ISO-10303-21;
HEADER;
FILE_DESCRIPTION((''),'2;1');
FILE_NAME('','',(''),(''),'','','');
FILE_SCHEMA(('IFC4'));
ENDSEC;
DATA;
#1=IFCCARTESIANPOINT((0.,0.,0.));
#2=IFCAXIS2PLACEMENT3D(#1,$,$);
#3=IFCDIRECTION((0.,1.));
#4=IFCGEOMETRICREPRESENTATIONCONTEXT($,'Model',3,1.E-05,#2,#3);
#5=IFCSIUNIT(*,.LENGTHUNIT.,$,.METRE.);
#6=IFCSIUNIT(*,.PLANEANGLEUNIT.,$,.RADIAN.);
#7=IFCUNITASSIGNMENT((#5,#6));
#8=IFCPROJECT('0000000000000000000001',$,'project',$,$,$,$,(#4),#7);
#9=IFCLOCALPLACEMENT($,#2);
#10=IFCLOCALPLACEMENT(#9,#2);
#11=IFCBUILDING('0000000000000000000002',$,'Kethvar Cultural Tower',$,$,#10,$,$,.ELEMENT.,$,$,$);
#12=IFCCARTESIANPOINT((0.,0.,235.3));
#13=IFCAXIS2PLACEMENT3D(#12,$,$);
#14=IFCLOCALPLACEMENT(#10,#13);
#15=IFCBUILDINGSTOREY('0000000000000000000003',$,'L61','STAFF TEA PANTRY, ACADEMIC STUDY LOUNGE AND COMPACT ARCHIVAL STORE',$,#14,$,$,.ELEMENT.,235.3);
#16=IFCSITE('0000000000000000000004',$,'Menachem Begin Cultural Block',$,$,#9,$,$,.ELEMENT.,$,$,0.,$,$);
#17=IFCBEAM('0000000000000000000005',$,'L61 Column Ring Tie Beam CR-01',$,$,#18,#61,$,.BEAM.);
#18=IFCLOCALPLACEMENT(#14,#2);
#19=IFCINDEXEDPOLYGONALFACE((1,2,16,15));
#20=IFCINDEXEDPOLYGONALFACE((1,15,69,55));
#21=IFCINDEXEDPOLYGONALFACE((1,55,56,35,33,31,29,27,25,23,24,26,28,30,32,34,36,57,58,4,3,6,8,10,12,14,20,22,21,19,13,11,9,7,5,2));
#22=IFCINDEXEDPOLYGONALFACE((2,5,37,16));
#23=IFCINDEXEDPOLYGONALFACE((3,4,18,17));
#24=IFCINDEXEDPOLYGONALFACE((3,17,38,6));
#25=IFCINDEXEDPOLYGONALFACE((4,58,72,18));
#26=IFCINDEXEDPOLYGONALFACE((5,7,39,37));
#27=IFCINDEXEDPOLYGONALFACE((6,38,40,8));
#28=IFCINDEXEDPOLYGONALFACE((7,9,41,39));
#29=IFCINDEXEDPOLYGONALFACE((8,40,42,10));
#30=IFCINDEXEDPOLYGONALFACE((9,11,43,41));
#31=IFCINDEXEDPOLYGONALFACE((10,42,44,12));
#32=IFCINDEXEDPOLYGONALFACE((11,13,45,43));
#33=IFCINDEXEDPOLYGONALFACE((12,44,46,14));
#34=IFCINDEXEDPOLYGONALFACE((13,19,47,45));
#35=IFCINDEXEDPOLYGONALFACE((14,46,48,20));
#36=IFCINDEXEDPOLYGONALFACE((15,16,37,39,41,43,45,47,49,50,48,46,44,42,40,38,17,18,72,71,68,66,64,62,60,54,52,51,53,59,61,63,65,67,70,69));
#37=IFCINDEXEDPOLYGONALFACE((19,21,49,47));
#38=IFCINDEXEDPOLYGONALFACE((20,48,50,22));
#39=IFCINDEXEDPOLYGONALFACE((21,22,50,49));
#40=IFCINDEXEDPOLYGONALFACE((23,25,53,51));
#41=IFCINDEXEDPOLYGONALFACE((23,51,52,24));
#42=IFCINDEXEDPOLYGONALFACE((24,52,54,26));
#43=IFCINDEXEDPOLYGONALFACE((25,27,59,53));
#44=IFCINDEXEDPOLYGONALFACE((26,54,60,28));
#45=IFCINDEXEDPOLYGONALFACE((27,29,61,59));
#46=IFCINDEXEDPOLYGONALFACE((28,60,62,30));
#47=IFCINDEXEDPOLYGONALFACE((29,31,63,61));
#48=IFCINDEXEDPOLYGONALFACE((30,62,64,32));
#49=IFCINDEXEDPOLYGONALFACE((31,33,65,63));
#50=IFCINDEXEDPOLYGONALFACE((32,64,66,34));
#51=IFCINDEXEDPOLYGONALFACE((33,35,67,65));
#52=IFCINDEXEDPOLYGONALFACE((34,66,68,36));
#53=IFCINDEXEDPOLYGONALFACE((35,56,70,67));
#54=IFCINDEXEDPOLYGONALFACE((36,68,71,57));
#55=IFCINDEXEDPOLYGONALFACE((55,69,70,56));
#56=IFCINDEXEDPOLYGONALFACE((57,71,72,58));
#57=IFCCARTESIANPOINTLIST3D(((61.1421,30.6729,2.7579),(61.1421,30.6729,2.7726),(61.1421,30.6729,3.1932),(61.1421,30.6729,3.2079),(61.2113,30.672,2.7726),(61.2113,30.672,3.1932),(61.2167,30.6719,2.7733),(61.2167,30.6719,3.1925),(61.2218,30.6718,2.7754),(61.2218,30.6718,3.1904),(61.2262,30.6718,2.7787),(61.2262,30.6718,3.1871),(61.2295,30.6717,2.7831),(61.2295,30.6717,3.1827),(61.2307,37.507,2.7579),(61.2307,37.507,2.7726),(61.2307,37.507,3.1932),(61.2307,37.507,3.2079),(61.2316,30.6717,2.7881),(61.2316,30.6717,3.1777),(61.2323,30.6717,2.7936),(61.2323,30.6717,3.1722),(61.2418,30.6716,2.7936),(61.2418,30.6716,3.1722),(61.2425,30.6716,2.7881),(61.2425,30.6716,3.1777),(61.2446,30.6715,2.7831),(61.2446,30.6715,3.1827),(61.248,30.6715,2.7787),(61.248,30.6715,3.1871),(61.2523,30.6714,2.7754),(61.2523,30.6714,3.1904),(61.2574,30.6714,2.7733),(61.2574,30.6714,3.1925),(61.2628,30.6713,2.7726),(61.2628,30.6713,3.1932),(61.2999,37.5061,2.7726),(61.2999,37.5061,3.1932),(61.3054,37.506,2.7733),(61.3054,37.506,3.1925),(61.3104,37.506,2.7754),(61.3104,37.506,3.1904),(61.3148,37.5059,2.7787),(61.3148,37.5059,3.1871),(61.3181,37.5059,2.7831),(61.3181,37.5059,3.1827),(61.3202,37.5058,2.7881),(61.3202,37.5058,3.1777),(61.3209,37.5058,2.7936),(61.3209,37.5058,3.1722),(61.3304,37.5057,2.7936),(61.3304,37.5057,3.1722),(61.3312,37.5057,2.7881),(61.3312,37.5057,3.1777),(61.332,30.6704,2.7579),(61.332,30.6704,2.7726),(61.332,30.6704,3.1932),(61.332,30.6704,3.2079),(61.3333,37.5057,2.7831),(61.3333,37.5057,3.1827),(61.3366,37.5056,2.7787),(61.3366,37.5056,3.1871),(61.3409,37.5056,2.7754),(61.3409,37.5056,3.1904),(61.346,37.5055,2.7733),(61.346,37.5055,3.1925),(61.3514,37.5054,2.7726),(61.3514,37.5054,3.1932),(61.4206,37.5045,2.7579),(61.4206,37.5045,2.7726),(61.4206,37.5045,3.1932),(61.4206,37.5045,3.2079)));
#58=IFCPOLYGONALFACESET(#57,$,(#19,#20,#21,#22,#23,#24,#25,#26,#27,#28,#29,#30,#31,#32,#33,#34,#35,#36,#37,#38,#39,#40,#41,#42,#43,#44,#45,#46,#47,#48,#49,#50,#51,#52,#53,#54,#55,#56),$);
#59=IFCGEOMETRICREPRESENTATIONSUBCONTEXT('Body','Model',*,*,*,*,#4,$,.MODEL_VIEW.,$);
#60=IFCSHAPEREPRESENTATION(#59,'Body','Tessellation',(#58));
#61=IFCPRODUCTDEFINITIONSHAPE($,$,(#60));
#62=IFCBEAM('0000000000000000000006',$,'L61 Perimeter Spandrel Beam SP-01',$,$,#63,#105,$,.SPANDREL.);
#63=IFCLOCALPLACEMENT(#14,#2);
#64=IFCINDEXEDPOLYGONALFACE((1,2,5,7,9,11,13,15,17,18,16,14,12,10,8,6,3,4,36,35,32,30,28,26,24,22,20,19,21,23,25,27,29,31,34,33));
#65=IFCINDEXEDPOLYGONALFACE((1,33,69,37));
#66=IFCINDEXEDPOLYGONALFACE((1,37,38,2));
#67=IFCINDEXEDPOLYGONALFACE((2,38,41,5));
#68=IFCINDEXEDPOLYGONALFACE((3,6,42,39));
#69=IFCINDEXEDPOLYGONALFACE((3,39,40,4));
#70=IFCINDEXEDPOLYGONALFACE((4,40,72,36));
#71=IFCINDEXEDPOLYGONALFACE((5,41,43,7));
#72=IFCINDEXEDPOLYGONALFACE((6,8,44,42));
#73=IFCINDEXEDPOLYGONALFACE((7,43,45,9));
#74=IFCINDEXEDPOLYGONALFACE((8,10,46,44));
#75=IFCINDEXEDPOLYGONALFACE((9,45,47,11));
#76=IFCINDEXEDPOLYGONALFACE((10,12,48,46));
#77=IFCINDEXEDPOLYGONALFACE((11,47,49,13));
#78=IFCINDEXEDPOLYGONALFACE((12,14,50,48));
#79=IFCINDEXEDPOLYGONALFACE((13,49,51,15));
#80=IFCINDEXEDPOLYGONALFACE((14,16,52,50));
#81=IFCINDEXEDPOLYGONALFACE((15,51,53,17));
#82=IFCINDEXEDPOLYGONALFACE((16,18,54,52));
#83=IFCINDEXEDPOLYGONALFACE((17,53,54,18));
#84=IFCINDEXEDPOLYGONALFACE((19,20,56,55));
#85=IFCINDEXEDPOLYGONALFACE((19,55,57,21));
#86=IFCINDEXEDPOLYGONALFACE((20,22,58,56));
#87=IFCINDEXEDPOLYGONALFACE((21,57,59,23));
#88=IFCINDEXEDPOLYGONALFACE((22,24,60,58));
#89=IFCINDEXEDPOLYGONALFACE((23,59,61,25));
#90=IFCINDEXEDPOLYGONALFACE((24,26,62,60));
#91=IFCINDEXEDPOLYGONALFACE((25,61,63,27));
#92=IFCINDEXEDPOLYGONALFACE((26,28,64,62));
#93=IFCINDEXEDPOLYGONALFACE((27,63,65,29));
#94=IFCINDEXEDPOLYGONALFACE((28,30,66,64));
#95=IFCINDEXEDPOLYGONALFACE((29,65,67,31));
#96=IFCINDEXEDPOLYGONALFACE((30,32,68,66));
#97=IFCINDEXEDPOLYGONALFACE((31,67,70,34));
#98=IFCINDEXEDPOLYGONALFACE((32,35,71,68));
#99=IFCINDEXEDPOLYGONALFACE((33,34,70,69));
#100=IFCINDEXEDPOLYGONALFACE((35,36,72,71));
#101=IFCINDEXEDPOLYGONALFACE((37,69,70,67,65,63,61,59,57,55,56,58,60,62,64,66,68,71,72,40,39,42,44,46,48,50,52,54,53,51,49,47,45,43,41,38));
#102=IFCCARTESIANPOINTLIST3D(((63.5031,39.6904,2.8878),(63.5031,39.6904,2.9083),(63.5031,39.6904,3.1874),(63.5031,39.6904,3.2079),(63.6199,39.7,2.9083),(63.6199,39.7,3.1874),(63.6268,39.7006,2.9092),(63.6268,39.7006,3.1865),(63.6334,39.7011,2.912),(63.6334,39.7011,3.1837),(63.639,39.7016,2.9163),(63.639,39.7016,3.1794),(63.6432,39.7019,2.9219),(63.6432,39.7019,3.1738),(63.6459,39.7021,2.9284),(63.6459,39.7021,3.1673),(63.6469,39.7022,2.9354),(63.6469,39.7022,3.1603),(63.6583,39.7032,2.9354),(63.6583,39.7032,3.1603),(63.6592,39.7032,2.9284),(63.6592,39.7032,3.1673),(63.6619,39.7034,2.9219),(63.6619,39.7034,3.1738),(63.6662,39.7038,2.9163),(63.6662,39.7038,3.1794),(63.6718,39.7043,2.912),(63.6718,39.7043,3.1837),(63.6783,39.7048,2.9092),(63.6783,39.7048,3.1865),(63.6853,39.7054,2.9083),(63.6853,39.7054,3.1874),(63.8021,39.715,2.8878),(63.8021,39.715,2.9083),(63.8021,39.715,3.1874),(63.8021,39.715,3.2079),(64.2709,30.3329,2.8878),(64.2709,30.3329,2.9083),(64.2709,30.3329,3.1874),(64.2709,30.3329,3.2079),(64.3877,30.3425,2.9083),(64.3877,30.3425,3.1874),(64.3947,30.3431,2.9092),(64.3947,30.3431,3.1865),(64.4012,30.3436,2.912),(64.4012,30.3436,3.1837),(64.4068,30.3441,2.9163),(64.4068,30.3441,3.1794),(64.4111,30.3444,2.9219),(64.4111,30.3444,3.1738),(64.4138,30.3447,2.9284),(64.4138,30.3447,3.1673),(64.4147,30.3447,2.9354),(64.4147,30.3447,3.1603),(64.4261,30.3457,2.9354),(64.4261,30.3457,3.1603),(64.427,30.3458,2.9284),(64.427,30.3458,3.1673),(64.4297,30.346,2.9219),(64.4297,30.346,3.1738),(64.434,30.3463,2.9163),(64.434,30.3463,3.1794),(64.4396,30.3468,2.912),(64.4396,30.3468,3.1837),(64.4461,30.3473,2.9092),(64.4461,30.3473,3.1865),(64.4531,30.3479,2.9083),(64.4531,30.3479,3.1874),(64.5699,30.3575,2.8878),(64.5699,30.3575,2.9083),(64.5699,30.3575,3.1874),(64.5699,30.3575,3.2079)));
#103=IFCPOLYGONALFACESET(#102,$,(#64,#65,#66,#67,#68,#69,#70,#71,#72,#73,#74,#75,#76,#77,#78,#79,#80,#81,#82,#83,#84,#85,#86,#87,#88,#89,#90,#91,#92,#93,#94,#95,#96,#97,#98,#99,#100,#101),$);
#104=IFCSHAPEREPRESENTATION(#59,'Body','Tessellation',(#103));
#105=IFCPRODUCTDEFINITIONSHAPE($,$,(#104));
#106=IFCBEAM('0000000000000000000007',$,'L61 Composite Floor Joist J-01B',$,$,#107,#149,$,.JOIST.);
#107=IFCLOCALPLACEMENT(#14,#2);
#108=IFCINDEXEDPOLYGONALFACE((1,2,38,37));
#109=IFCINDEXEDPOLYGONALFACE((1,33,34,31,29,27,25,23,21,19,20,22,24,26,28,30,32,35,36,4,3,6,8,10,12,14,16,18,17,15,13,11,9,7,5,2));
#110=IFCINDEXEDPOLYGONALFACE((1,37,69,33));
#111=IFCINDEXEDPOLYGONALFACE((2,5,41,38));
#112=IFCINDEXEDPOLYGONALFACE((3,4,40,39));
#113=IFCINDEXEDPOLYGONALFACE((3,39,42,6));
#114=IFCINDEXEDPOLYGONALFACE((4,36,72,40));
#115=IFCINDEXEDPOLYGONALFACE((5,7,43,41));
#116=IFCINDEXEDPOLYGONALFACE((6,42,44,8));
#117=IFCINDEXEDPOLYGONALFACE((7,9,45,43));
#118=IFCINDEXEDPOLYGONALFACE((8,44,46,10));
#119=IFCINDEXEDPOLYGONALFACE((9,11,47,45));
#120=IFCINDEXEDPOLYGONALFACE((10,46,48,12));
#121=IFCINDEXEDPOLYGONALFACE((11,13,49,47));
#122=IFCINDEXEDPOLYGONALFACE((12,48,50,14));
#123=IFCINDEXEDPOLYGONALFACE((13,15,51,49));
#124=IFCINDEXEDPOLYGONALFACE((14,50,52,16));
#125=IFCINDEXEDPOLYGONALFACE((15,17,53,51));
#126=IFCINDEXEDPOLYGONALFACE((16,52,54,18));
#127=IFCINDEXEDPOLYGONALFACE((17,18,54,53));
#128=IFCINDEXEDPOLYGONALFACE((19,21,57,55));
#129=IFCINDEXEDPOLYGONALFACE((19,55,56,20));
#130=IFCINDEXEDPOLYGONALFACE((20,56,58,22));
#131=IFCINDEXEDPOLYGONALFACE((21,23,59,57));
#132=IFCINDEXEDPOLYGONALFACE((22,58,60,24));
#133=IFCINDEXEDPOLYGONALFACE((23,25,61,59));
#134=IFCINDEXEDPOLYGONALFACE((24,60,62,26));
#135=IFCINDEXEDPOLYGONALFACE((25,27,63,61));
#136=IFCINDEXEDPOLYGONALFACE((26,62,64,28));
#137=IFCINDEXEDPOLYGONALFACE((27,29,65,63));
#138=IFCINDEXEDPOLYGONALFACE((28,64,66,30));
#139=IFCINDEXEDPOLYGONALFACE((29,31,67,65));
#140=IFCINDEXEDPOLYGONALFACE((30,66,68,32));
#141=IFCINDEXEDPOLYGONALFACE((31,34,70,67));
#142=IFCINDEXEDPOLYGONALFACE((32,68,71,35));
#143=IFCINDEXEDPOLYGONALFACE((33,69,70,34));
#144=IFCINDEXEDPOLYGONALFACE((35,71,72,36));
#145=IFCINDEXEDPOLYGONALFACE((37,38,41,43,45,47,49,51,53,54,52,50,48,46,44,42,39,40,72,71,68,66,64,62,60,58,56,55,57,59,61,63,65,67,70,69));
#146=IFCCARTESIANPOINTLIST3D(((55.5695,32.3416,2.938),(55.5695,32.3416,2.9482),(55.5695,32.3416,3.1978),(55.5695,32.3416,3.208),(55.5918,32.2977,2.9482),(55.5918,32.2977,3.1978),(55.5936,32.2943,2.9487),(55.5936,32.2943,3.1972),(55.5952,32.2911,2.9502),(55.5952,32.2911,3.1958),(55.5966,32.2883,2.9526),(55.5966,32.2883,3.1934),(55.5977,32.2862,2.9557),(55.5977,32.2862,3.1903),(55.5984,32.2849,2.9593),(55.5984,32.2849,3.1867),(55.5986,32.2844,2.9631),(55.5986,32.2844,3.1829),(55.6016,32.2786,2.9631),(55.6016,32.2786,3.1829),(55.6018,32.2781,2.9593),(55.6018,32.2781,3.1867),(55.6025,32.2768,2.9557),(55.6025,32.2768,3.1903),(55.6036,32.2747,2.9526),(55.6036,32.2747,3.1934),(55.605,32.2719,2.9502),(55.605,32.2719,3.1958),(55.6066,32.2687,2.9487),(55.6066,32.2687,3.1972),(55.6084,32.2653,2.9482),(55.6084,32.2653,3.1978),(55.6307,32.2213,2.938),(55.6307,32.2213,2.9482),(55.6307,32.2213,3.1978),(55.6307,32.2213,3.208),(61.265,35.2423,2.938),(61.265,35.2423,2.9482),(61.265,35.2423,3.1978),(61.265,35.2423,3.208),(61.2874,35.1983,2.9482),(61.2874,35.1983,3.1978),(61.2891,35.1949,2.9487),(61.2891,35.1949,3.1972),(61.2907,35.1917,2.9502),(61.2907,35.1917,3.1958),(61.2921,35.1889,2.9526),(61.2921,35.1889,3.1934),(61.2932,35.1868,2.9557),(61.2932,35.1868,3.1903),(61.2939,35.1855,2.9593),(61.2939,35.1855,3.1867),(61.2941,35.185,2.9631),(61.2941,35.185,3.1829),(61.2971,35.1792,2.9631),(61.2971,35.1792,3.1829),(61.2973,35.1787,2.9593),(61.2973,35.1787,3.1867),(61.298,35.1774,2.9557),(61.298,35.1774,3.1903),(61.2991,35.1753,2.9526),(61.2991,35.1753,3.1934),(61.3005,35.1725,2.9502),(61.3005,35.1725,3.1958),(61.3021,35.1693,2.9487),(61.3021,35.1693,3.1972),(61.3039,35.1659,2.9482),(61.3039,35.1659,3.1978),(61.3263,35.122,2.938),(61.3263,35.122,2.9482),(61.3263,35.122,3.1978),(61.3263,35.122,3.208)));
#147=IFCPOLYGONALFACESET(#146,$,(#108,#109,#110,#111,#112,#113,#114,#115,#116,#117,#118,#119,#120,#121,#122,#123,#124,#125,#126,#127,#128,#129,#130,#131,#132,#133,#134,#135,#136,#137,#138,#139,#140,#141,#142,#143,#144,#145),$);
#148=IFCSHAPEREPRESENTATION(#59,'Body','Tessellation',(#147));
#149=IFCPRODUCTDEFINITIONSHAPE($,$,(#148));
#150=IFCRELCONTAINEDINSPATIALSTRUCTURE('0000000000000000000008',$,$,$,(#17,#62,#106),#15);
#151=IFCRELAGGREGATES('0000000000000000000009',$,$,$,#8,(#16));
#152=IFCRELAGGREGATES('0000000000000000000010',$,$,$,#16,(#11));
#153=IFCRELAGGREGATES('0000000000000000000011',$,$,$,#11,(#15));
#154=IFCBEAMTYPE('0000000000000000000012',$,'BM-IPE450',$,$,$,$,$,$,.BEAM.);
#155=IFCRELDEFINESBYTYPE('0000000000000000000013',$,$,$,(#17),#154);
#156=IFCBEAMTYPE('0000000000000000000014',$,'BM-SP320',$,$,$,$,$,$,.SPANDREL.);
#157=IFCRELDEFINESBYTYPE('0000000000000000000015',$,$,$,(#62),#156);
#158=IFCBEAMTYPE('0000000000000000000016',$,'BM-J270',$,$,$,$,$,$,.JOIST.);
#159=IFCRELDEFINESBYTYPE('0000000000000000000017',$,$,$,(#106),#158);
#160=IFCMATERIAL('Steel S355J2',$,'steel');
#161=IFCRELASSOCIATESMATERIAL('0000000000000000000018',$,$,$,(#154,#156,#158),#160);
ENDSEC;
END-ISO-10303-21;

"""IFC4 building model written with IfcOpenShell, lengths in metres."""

from ifc_helpers import new_model, si_unit, direction, frame, origin, origin_2d, place, context, subcontext, project, spatial, i_section, extrude, source, transform, mapped, material, material_profile, profile_set, type_object, element, save


model = new_model("IFC4")

# Units and contexts
model_context = context("Model", 3, precision=1e-05, world=origin(), true_north=direction((0.0, 1.0)))
body_context = subcontext(model_context, "Body", "Model", "MODEL_VIEW")
ifc_project = project(units=[si_unit("LENGTHUNIT", "METRE"), si_unit("PLANEANGLEUNIT", "RADIAN")], contexts=[model_context])

# Site, building, storey
site_placement = place(None, origin())
site = spatial("IfcSite", under=ifc_project, at=site_placement, Name="Menachem Begin Cultural Block", CompositionType="ELEMENT", RefElevation=0.0)
building_placement = place(site_placement, origin())
building = spatial("IfcBuilding", under=site, at=building_placement, Name="Kethvar Cultural Tower", CompositionType="ELEMENT")
storey_placement = place(building_placement, frame((0.0, 0.0, 235.3)))
storey = spatial("IfcBuildingStorey", under=building, at=storey_placement, Name="L61", Description="STAFF TEA PANTRY, ACADEMIC STUDY LOUNGE AND COMPACT ARCHIVAL STORE", CompositionType="ELEMENT", Elevation=235.3)

# Beams
ifc_material_1 = material(Name="Steel S355J2", Category="steel")
ifc_material_profile_1 = material_profile(ifc_material_1, i_section(OverallWidth=0.1899, OverallDepth=0.45, WebThickness=0.0095, FlangeThickness=0.0146, FilletRadius=0.021, at=origin_2d()), Name="Steel S355J2 — IPE450")
ifc_profile_set_1 = profile_set([ifc_material_profile_1], Name="Steel S355J2 — IPE450")
beam_type_1 = type_object("IfcBeamType", Name="BM-IPE450", PredefinedType="BEAM", material=ifc_profile_set_1)
shared_shape_1 = source(origin(), body_context, "Body", "SweptSolid", [
    extrude(i_section(OverallWidth=0.1899, OverallDepth=0.45, WebThickness=0.0095, FlangeThickness=0.0146, FilletRadius=0.021, at=origin_2d()), origin(), (0.0, 0.0, 1.0), 6.8347),
])
beam_1_placement = place(storey_placement, frame((61.2371, 30.6716, 2.9829), z_axis=(0.012966, 0.999916, 0.0), x_axis=(-0.999916, 0.012966, 0.0)))
element("IfcBeam", 1, at=beam_1_placement, inside=storey, type_object=beam_type_1, Name="L61 Column Ring Tie Beam CR-01", PredefinedType="BEAM", context=body_context, shape_type="MappedRepresentation", body=[
    mapped(shared_shape_1, transform((0.0, 0.0, 0.0), scale=1.0)),
])
ifc_material_profile_2 = material_profile(ifc_material_1, i_section(OverallWidth=0.3, OverallDepth=0.3201, WebThickness=0.0115, FlangeThickness=0.0205, FilletRadius=0.0271, at=origin_2d()), Name="Steel S355J2 — HEB320")
ifc_profile_set_2 = profile_set([ifc_material_profile_2], Name="Steel S355J2 — HEB320")
beam_type_2 = type_object("IfcBeamType", Name="BM-SP320", PredefinedType="SPANDREL", material=ifc_profile_set_2)
shared_shape_2 = source(origin(), body_context, "Body", "SweptSolid", [
    extrude(i_section(OverallWidth=0.3, OverallDepth=0.3201, WebThickness=0.0115, FlangeThickness=0.0205, FilletRadius=0.0271, at=origin_2d()), origin(), (0.0, 0.0, 1.0), 9.3889),
])
beam_2_placement = place(storey_placement, frame((64.4204, 30.3452, 3.0479), z_axis=(-0.08178, 0.99665, 0.0), x_axis=(-0.99665, -0.08178, 0.0)))
element("IfcBeam", 2, at=beam_2_placement, inside=storey, type_object=beam_type_2, Name="L61 Perimeter Spandrel Beam SP-01", PredefinedType="SPANDREL", context=body_context, shape_type="MappedRepresentation", body=[
    mapped(shared_shape_2, transform((0.0, 0.0, 0.0), scale=1.0)),
])
ifc_material_profile_3 = material_profile(ifc_material_1, i_section(OverallWidth=0.135, OverallDepth=0.27, WebThickness=0.0066, FlangeThickness=0.0103, FilletRadius=0.0149, at=origin_2d()), Name="Steel S355J2 — IPE270")
ifc_profile_set_3 = profile_set([ifc_material_profile_3], Name="Steel S355J2 — IPE270")
beam_type_3 = type_object("IfcBeamType", Name="BM-J270", PredefinedType="JOIST", material=ifc_profile_set_3)
shared_shape_3 = source(origin(), body_context, "Body", "SweptSolid", [
    extrude(i_section(OverallWidth=0.135, OverallDepth=0.27, WebThickness=0.0066, FlangeThickness=0.0103, FilletRadius=0.0149, at=origin_2d()), origin(), (0.0, 0.0, 1.0), 6.3916),
])
beam_3_placement = place(storey_placement, frame((55.6001, 32.2815, 3.073), z_axis=(0.891095, 0.453817, 0.0), x_axis=(-0.453817, 0.891095, 0.0)))
element("IfcBeam", 3, at=beam_3_placement, inside=storey, type_object=beam_type_3, Name="L61 Composite Floor Joist J-01B", PredefinedType="JOIST", context=body_context, shape_type="MappedRepresentation", body=[
    mapped(shared_shape_3, transform((0.0, 0.0, 0.0), scale=1.0)),
])

save(model, "model.ifc")
